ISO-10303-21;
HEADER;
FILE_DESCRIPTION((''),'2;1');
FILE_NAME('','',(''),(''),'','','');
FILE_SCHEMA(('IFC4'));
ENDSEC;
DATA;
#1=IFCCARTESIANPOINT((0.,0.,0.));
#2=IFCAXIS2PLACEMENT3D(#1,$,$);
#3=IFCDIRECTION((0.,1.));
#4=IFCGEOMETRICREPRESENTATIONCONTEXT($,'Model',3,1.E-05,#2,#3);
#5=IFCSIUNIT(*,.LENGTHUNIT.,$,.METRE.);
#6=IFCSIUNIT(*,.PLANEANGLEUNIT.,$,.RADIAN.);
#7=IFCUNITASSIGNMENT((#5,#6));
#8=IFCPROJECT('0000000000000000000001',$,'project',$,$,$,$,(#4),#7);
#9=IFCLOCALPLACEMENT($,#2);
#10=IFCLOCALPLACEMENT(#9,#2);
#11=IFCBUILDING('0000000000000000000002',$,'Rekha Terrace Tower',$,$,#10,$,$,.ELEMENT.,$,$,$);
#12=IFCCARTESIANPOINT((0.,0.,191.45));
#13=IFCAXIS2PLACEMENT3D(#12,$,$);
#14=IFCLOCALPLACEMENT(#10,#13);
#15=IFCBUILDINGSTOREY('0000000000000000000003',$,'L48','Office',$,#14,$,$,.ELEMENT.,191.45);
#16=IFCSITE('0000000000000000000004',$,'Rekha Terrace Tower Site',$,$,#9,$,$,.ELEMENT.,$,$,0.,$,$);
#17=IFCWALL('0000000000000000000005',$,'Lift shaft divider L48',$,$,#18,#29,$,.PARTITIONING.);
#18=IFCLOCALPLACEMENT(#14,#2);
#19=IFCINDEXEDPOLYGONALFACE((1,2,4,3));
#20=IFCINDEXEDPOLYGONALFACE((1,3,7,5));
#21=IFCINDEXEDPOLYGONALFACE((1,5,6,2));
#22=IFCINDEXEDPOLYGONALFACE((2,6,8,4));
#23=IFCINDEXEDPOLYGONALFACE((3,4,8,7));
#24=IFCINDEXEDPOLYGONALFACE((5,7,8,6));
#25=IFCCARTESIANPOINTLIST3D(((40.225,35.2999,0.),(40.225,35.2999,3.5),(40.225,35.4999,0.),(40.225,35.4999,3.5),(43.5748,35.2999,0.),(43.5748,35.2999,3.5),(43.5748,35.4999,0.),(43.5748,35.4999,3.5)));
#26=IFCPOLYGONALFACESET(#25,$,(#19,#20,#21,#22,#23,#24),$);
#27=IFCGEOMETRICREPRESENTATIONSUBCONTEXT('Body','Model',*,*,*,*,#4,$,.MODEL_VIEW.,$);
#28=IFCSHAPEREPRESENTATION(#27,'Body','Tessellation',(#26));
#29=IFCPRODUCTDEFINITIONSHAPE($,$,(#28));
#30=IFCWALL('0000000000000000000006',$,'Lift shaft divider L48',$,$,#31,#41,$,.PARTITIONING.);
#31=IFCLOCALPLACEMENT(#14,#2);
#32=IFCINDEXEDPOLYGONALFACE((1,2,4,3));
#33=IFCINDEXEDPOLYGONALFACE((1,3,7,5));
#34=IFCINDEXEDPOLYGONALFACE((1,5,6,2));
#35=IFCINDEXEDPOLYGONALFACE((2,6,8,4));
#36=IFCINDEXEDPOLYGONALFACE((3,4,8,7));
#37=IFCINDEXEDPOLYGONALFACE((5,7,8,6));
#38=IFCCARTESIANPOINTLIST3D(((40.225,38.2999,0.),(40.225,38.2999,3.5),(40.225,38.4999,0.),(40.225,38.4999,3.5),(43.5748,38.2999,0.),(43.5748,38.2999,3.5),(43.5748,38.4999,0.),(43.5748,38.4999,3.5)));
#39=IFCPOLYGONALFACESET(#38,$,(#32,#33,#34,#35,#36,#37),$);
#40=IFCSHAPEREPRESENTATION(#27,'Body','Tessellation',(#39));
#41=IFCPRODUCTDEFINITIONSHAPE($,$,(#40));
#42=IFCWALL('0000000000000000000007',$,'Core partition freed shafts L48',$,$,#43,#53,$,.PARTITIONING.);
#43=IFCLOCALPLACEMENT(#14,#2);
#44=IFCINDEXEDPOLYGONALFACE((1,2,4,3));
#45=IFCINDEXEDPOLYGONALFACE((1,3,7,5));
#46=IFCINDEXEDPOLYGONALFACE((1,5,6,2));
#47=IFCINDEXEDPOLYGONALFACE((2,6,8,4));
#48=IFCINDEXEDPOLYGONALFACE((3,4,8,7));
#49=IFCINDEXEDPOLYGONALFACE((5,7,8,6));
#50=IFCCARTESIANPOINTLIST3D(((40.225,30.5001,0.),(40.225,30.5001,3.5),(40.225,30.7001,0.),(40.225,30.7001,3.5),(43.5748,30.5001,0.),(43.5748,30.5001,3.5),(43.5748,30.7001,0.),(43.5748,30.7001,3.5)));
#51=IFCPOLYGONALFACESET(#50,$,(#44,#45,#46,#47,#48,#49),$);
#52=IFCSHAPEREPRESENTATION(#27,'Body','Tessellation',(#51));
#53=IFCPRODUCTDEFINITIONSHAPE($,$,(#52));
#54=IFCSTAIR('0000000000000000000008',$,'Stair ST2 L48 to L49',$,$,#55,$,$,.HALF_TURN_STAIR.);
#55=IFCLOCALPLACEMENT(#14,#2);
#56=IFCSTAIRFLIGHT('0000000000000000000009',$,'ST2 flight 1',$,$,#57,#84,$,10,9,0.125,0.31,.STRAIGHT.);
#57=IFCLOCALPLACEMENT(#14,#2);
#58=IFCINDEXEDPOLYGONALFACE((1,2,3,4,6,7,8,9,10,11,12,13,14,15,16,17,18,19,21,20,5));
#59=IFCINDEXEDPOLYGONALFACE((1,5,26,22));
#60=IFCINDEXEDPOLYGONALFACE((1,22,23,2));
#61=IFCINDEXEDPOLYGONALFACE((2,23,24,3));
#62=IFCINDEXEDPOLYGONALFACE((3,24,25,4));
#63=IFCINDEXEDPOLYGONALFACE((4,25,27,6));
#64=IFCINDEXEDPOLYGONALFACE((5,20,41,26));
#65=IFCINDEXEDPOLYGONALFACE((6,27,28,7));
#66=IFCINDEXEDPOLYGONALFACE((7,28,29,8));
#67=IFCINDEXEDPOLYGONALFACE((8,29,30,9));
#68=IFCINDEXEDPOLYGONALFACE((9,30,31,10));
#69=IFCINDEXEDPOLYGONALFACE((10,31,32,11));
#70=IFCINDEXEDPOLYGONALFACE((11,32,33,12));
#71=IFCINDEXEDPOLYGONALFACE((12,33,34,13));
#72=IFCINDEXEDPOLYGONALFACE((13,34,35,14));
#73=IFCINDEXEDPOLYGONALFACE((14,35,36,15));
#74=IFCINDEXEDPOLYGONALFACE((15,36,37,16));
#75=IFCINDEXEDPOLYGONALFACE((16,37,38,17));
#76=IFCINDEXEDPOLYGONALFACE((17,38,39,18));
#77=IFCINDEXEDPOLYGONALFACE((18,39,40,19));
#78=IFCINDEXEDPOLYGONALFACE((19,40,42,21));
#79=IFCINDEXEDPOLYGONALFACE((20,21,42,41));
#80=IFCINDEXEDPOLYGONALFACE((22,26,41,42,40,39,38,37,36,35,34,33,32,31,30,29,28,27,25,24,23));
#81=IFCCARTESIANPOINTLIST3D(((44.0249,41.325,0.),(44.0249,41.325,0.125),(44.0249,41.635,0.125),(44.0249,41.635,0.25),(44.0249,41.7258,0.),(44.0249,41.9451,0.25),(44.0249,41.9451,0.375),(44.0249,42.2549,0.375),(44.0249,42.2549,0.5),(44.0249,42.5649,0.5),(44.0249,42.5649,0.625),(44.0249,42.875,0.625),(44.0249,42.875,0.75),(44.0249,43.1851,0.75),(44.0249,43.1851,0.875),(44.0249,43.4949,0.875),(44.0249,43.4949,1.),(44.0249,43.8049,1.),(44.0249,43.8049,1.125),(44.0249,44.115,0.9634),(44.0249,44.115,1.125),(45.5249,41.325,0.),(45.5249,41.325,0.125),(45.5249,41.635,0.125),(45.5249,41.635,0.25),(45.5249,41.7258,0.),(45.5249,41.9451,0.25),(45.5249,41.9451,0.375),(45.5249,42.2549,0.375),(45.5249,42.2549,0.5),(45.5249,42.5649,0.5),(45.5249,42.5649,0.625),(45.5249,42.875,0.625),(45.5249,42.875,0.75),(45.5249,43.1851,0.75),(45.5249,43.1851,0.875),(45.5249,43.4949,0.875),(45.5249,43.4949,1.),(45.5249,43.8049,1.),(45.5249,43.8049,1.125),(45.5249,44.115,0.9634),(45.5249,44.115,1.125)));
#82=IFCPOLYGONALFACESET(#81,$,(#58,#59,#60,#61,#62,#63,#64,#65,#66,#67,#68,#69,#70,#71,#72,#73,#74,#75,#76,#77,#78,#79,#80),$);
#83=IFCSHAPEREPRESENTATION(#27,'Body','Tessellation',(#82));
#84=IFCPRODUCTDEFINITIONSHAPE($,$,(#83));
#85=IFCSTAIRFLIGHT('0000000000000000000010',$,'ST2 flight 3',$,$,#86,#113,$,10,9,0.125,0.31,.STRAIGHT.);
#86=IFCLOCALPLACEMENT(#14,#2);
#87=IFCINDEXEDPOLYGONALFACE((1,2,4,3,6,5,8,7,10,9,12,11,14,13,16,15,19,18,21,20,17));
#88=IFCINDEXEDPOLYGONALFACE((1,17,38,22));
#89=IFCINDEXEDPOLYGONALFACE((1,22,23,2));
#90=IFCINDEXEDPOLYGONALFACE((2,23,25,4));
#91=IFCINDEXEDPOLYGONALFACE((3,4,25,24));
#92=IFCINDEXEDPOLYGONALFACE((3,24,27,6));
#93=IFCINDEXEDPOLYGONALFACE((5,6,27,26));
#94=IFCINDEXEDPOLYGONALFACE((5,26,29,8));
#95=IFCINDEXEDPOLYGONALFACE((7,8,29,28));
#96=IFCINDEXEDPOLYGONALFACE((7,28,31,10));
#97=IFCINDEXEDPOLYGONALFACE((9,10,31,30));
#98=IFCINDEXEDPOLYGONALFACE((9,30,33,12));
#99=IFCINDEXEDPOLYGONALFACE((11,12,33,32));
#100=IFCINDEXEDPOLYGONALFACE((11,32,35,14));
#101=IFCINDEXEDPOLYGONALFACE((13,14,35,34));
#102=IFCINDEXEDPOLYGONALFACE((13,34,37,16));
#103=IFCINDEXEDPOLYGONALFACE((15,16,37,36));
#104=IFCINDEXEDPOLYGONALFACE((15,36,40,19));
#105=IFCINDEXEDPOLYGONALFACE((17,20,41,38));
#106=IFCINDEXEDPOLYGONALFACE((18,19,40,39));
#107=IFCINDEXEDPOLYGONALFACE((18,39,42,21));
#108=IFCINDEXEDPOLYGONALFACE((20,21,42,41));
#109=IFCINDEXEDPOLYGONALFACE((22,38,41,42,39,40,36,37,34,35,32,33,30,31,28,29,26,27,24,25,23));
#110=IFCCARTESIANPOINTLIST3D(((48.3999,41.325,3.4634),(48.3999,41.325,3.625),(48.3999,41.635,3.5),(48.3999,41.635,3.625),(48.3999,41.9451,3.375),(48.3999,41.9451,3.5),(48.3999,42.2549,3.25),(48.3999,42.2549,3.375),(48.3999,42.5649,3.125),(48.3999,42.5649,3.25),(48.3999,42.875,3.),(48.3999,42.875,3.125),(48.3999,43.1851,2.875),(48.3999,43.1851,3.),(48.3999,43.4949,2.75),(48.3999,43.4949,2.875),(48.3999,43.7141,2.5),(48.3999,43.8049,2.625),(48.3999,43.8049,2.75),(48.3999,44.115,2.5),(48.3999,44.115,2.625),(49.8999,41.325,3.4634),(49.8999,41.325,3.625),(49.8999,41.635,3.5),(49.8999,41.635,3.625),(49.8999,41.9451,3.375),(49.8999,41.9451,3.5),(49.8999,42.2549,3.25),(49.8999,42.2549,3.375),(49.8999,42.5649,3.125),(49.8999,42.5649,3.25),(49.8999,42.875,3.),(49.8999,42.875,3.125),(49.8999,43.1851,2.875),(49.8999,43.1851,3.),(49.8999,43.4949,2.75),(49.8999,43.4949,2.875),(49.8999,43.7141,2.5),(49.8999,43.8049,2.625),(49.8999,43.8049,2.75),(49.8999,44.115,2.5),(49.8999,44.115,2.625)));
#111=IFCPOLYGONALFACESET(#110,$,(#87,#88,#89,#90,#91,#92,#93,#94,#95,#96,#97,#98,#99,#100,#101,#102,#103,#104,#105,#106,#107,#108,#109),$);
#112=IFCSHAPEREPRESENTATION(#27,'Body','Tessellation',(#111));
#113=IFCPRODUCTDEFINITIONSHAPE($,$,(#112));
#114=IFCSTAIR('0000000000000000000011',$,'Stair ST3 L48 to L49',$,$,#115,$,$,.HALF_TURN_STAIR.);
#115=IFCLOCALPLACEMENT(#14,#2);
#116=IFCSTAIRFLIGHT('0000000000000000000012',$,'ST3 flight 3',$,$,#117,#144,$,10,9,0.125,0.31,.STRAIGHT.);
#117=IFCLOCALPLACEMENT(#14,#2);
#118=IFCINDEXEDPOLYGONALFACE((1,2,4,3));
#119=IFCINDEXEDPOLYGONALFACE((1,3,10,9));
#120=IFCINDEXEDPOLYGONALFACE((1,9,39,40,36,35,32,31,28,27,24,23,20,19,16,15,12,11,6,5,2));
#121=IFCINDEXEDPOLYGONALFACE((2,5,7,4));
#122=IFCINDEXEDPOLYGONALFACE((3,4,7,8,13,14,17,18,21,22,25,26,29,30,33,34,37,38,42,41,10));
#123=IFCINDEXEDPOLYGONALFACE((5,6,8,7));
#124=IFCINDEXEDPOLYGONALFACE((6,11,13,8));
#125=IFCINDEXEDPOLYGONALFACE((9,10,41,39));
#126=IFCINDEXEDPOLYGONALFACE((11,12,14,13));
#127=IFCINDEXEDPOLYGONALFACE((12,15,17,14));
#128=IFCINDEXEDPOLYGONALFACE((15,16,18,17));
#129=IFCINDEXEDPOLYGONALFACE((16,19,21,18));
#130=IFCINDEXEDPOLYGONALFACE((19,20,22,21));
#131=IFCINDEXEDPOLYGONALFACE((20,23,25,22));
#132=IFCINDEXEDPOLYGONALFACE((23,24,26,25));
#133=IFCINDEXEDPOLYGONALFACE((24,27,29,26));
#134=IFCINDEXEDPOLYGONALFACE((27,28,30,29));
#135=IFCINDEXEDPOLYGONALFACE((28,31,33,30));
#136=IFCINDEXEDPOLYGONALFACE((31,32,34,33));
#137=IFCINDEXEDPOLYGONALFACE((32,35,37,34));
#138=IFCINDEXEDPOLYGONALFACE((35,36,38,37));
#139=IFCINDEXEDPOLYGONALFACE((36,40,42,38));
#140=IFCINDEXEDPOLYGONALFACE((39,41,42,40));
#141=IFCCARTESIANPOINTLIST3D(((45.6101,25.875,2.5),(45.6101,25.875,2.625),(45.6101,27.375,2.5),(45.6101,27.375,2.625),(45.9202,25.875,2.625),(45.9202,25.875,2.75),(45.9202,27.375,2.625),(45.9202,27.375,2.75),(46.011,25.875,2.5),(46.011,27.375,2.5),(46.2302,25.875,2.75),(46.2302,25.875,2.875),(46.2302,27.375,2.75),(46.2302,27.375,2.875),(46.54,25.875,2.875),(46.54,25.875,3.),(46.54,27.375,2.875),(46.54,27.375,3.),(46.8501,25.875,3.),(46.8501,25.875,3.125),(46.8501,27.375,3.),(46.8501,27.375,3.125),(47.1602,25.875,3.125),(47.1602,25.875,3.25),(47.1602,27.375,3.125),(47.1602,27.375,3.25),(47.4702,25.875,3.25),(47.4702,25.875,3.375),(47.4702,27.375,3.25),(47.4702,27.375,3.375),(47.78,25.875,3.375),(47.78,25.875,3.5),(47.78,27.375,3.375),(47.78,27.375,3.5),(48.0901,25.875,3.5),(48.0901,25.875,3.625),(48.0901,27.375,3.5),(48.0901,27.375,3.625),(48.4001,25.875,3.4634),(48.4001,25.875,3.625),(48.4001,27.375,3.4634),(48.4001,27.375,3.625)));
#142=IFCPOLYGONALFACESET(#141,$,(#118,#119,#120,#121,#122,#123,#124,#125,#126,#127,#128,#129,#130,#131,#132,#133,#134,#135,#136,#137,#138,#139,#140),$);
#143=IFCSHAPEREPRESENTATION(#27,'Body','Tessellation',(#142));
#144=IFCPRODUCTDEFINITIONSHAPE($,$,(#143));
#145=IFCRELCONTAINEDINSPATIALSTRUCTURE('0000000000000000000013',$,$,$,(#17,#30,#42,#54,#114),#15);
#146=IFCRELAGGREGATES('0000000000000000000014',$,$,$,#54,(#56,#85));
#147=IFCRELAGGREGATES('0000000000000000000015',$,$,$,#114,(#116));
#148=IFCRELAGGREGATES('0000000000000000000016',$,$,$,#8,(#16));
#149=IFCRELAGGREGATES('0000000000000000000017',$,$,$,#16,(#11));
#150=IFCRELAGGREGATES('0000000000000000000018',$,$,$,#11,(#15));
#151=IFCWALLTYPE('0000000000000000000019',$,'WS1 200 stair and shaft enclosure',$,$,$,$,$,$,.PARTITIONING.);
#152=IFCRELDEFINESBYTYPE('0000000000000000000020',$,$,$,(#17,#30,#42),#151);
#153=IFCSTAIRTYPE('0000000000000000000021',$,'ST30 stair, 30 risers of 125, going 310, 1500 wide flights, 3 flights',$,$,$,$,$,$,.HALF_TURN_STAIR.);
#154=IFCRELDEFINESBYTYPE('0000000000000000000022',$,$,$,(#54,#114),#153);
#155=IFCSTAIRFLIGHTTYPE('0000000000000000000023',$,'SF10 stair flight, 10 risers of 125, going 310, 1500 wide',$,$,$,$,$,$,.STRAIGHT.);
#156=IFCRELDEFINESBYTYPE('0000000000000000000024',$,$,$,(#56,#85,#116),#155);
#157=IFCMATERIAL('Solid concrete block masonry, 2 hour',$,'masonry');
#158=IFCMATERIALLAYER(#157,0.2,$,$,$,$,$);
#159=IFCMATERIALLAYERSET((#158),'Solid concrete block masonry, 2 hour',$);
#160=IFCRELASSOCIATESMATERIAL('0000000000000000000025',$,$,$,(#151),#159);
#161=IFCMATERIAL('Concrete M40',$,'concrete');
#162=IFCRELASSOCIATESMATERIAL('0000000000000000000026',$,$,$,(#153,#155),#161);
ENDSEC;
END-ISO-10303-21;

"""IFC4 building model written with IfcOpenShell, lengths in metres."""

from ifc_helpers import new_model, si_unit, direction, frame, frame_2d, origin, place, context, subcontext, project, spatial, polyline, rectangle, outline, extrude, material, layer, layer_set, type_object, element, aggregate, save


model = new_model("IFC4")

# Units and contexts
model_context = context("Model", 3, precision=1e-05, world=origin(), true_north=direction((0.0, 1.0)))
body_context = subcontext(model_context, "Body", "Model", "MODEL_VIEW")
ifc_project = project(units=[si_unit("LENGTHUNIT", "METRE"), si_unit("PLANEANGLEUNIT", "RADIAN")], contexts=[model_context])

# Site, building, storey
site_placement = place(None, origin())
site = spatial("IfcSite", under=ifc_project, at=site_placement, Name="Rekha Terrace Tower Site", CompositionType="ELEMENT", RefElevation=0.0)
building_placement = place(site_placement, origin())
building = spatial("IfcBuilding", under=site, at=building_placement, Name="Rekha Terrace Tower", CompositionType="ELEMENT")
storey_placement = place(building_placement, frame((0.0, 0.0, 191.45)))
storey = spatial("IfcBuildingStorey", under=building, at=storey_placement, Name="L48", Description="Office", CompositionType="ELEMENT", Elevation=191.45)

# Walls
ifc_material_1 = material(Name="Solid concrete block masonry, 2 hour", Category="masonry")
ifc_layer_1 = layer(ifc_material_1, 0.2)
ifc_layer_set_1 = layer_set([ifc_layer_1], Name="Solid concrete block masonry, 2 hour")
wall_type_1 = type_object("IfcWallType", Name="WS1 200 stair and shaft enclosure", PredefinedType="PARTITIONING", material=ifc_layer_set_1)
for number, where, z_axis, x_axis, name in (
    (1, (40.2251, 35.3999, 0.0), (0.0, 0.0, 1.0), (1.0, 0.0, 0.0), "Lift shaft divider L48"),
    (2, (40.2251, 38.3999, 0.0), (0.0, 0.0, 1.0), (1.0, 0.0, 0.0), "Lift shaft divider L48"),
    (3, (40.2251, 30.6001, 0.0), (0.0, 0.0, 1.0), (1.0, 0.0, 0.0), "Core partition freed shafts L48"),
):
    element("IfcWall", number, at=place(storey_placement, frame(where, z_axis=z_axis, x_axis=x_axis)), inside=storey, type_object=wall_type_1, Name=name, PredefinedType="PARTITIONING", context=body_context, shape_type="SweptSolid", body=[
        extrude(rectangle(XDim=3.3499, YDim=0.2, at=frame_2d((1.6748, 0.0))), origin(), (0.0, 0.0, 1.0), 3.5),
    ])

# Stair, stair flights
ifc_material_2 = material(Name="Concrete M40", Category="concrete")
stair_type = type_object("IfcStairType", Name="ST30 stair, 30 risers of 125, going 310, 1500 wide flights, 3 flights", PredefinedType="HALF_TURN_STAIR", material=ifc_material_2)
stair_1_placement = place(storey_placement, origin())
stair_1 = element("IfcStair", 4, at=stair_1_placement, inside=storey, type_object=stair_type, Name="Stair ST2 L48 to L49", PredefinedType="HALF_TURN_STAIR")
stair_flight_type = type_object("IfcStairFlightType", Name="SF10 stair flight, 10 risers of 125, going 310, 1500 wide", PredefinedType="STRAIGHT", material=ifc_material_2)
stair_flight_1_placement = place(storey_placement, frame((44.7749, 41.325, 0.0), z_axis=(0.0, 0.0, 1.0), x_axis=(0.0, 1.0, 0.0)))
stair_flight_1 = element("IfcStairFlight", 5, at=stair_flight_1_placement, type_object=stair_flight_type, Name="ST2 flight 1", NumberOfRisers=10, NumberOfTreads=9, PredefinedType="STRAIGHT", RiserHeight=0.125, TreadLength=0.31, context=body_context, shape_type="SweptSolid", body=[
    extrude(outline(polyline([(0.0, 0.0), (0.0, 0.125), (0.3101, 0.125), (0.3101, 0.25), (0.6201, 0.25), (0.6201, 0.375), (0.9299, 0.375), (0.9299, 0.5), (1.24, 0.5), (1.24, 0.625), (1.55, 0.625), (1.55, 0.75), (1.8601, 0.75), (1.8601, 0.875), (2.1699, 0.875), (2.1699, 1.0), (2.48, 1.0), (2.48, 1.125), (2.79, 1.125), (2.79, 1.25), (2.79, 0.9634), (0.4009, 0.0), (0.0, 0.0)])), frame((0.0, 0.75, 0.0), z_axis=(0.0, -1.0, 0.0), x_axis=(1.0, 0.0, 0.0)), (0.0, 0.0, 1.0), 1.5),
])
stair_flight_2_placement = place(storey_placement, frame((49.1499, 44.115, 2.5), z_axis=(0.0, 0.0, 1.0), x_axis=(0.0, -1.0, 0.0)))
stair_flight_2 = element("IfcStairFlight", 6, at=stair_flight_2_placement, type_object=stair_flight_type, Name="ST2 flight 3", NumberOfRisers=10, NumberOfTreads=9, PredefinedType="STRAIGHT", RiserHeight=0.125, TreadLength=0.31, context=body_context, shape_type="SweptSolid", body=[
    extrude(outline(polyline([(0.0, 0.0), (0.0, 0.125), (0.3101, 0.125), (0.3101, 0.25), (0.6201, 0.25), (0.6201, 0.375), (0.9299, 0.375), (0.9299, 0.5), (1.24, 0.5), (1.24, 0.625), (1.55, 0.625), (1.55, 0.75), (1.8601, 0.75), (1.8601, 0.875), (2.1699, 0.875), (2.1699, 1.0), (2.48, 1.0), (2.48, 1.125), (2.79, 1.125), (2.79, 1.25), (2.79, 0.9634), (0.4009, 0.0), (0.0, 0.0)])), frame((0.0, 0.75, 0.0), z_axis=(0.0, -1.0, 0.0), x_axis=(1.0, 0.0, 0.0)), (0.0, 0.0, 1.0), 1.5),
])
aggregate(stair_1, [stair_flight_1, stair_flight_2])

# Stair, stair flight
stair_2_placement = place(storey_placement, origin())
stair_2 = element("IfcStair", 7, at=stair_2_placement, inside=storey, type_object=stair_type, Name="Stair ST3 L48 to L49", PredefinedType="HALF_TURN_STAIR")
stair_flight_3_placement = place(storey_placement, frame((45.6101, 26.625, 2.5), z_axis=(0.0, 0.0, 1.0), x_axis=(1.0, 0.0, 0.0)))
stair_flight_3 = element("IfcStairFlight", 8, at=stair_flight_3_placement, type_object=stair_flight_type, Name="ST3 flight 3", NumberOfRisers=10, NumberOfTreads=9, PredefinedType="STRAIGHT", RiserHeight=0.125, TreadLength=0.31, context=body_context, shape_type="SweptSolid", body=[
    extrude(outline(polyline([(0.0, 0.0), (0.0, 0.125), (0.3101, 0.125), (0.3101, 0.25), (0.6201, 0.25), (0.6201, 0.375), (0.9299, 0.375), (0.9299, 0.5), (1.24, 0.5), (1.24, 0.625), (1.55, 0.625), (1.55, 0.75), (1.8601, 0.75), (1.8601, 0.875), (2.1699, 0.875), (2.1699, 1.0), (2.48, 1.0), (2.48, 1.125), (2.79, 1.125), (2.79, 1.25), (2.79, 0.9634), (0.4009, 0.0), (0.0, 0.0)])), frame((0.0, 0.75, 0.0), z_axis=(0.0, -1.0, 0.0), x_axis=(1.0, 0.0, 0.0)), (0.0, 0.0, 1.0), 1.5),
])
aggregate(stair_2, [stair_flight_3])

save(model, "model.ifc")
